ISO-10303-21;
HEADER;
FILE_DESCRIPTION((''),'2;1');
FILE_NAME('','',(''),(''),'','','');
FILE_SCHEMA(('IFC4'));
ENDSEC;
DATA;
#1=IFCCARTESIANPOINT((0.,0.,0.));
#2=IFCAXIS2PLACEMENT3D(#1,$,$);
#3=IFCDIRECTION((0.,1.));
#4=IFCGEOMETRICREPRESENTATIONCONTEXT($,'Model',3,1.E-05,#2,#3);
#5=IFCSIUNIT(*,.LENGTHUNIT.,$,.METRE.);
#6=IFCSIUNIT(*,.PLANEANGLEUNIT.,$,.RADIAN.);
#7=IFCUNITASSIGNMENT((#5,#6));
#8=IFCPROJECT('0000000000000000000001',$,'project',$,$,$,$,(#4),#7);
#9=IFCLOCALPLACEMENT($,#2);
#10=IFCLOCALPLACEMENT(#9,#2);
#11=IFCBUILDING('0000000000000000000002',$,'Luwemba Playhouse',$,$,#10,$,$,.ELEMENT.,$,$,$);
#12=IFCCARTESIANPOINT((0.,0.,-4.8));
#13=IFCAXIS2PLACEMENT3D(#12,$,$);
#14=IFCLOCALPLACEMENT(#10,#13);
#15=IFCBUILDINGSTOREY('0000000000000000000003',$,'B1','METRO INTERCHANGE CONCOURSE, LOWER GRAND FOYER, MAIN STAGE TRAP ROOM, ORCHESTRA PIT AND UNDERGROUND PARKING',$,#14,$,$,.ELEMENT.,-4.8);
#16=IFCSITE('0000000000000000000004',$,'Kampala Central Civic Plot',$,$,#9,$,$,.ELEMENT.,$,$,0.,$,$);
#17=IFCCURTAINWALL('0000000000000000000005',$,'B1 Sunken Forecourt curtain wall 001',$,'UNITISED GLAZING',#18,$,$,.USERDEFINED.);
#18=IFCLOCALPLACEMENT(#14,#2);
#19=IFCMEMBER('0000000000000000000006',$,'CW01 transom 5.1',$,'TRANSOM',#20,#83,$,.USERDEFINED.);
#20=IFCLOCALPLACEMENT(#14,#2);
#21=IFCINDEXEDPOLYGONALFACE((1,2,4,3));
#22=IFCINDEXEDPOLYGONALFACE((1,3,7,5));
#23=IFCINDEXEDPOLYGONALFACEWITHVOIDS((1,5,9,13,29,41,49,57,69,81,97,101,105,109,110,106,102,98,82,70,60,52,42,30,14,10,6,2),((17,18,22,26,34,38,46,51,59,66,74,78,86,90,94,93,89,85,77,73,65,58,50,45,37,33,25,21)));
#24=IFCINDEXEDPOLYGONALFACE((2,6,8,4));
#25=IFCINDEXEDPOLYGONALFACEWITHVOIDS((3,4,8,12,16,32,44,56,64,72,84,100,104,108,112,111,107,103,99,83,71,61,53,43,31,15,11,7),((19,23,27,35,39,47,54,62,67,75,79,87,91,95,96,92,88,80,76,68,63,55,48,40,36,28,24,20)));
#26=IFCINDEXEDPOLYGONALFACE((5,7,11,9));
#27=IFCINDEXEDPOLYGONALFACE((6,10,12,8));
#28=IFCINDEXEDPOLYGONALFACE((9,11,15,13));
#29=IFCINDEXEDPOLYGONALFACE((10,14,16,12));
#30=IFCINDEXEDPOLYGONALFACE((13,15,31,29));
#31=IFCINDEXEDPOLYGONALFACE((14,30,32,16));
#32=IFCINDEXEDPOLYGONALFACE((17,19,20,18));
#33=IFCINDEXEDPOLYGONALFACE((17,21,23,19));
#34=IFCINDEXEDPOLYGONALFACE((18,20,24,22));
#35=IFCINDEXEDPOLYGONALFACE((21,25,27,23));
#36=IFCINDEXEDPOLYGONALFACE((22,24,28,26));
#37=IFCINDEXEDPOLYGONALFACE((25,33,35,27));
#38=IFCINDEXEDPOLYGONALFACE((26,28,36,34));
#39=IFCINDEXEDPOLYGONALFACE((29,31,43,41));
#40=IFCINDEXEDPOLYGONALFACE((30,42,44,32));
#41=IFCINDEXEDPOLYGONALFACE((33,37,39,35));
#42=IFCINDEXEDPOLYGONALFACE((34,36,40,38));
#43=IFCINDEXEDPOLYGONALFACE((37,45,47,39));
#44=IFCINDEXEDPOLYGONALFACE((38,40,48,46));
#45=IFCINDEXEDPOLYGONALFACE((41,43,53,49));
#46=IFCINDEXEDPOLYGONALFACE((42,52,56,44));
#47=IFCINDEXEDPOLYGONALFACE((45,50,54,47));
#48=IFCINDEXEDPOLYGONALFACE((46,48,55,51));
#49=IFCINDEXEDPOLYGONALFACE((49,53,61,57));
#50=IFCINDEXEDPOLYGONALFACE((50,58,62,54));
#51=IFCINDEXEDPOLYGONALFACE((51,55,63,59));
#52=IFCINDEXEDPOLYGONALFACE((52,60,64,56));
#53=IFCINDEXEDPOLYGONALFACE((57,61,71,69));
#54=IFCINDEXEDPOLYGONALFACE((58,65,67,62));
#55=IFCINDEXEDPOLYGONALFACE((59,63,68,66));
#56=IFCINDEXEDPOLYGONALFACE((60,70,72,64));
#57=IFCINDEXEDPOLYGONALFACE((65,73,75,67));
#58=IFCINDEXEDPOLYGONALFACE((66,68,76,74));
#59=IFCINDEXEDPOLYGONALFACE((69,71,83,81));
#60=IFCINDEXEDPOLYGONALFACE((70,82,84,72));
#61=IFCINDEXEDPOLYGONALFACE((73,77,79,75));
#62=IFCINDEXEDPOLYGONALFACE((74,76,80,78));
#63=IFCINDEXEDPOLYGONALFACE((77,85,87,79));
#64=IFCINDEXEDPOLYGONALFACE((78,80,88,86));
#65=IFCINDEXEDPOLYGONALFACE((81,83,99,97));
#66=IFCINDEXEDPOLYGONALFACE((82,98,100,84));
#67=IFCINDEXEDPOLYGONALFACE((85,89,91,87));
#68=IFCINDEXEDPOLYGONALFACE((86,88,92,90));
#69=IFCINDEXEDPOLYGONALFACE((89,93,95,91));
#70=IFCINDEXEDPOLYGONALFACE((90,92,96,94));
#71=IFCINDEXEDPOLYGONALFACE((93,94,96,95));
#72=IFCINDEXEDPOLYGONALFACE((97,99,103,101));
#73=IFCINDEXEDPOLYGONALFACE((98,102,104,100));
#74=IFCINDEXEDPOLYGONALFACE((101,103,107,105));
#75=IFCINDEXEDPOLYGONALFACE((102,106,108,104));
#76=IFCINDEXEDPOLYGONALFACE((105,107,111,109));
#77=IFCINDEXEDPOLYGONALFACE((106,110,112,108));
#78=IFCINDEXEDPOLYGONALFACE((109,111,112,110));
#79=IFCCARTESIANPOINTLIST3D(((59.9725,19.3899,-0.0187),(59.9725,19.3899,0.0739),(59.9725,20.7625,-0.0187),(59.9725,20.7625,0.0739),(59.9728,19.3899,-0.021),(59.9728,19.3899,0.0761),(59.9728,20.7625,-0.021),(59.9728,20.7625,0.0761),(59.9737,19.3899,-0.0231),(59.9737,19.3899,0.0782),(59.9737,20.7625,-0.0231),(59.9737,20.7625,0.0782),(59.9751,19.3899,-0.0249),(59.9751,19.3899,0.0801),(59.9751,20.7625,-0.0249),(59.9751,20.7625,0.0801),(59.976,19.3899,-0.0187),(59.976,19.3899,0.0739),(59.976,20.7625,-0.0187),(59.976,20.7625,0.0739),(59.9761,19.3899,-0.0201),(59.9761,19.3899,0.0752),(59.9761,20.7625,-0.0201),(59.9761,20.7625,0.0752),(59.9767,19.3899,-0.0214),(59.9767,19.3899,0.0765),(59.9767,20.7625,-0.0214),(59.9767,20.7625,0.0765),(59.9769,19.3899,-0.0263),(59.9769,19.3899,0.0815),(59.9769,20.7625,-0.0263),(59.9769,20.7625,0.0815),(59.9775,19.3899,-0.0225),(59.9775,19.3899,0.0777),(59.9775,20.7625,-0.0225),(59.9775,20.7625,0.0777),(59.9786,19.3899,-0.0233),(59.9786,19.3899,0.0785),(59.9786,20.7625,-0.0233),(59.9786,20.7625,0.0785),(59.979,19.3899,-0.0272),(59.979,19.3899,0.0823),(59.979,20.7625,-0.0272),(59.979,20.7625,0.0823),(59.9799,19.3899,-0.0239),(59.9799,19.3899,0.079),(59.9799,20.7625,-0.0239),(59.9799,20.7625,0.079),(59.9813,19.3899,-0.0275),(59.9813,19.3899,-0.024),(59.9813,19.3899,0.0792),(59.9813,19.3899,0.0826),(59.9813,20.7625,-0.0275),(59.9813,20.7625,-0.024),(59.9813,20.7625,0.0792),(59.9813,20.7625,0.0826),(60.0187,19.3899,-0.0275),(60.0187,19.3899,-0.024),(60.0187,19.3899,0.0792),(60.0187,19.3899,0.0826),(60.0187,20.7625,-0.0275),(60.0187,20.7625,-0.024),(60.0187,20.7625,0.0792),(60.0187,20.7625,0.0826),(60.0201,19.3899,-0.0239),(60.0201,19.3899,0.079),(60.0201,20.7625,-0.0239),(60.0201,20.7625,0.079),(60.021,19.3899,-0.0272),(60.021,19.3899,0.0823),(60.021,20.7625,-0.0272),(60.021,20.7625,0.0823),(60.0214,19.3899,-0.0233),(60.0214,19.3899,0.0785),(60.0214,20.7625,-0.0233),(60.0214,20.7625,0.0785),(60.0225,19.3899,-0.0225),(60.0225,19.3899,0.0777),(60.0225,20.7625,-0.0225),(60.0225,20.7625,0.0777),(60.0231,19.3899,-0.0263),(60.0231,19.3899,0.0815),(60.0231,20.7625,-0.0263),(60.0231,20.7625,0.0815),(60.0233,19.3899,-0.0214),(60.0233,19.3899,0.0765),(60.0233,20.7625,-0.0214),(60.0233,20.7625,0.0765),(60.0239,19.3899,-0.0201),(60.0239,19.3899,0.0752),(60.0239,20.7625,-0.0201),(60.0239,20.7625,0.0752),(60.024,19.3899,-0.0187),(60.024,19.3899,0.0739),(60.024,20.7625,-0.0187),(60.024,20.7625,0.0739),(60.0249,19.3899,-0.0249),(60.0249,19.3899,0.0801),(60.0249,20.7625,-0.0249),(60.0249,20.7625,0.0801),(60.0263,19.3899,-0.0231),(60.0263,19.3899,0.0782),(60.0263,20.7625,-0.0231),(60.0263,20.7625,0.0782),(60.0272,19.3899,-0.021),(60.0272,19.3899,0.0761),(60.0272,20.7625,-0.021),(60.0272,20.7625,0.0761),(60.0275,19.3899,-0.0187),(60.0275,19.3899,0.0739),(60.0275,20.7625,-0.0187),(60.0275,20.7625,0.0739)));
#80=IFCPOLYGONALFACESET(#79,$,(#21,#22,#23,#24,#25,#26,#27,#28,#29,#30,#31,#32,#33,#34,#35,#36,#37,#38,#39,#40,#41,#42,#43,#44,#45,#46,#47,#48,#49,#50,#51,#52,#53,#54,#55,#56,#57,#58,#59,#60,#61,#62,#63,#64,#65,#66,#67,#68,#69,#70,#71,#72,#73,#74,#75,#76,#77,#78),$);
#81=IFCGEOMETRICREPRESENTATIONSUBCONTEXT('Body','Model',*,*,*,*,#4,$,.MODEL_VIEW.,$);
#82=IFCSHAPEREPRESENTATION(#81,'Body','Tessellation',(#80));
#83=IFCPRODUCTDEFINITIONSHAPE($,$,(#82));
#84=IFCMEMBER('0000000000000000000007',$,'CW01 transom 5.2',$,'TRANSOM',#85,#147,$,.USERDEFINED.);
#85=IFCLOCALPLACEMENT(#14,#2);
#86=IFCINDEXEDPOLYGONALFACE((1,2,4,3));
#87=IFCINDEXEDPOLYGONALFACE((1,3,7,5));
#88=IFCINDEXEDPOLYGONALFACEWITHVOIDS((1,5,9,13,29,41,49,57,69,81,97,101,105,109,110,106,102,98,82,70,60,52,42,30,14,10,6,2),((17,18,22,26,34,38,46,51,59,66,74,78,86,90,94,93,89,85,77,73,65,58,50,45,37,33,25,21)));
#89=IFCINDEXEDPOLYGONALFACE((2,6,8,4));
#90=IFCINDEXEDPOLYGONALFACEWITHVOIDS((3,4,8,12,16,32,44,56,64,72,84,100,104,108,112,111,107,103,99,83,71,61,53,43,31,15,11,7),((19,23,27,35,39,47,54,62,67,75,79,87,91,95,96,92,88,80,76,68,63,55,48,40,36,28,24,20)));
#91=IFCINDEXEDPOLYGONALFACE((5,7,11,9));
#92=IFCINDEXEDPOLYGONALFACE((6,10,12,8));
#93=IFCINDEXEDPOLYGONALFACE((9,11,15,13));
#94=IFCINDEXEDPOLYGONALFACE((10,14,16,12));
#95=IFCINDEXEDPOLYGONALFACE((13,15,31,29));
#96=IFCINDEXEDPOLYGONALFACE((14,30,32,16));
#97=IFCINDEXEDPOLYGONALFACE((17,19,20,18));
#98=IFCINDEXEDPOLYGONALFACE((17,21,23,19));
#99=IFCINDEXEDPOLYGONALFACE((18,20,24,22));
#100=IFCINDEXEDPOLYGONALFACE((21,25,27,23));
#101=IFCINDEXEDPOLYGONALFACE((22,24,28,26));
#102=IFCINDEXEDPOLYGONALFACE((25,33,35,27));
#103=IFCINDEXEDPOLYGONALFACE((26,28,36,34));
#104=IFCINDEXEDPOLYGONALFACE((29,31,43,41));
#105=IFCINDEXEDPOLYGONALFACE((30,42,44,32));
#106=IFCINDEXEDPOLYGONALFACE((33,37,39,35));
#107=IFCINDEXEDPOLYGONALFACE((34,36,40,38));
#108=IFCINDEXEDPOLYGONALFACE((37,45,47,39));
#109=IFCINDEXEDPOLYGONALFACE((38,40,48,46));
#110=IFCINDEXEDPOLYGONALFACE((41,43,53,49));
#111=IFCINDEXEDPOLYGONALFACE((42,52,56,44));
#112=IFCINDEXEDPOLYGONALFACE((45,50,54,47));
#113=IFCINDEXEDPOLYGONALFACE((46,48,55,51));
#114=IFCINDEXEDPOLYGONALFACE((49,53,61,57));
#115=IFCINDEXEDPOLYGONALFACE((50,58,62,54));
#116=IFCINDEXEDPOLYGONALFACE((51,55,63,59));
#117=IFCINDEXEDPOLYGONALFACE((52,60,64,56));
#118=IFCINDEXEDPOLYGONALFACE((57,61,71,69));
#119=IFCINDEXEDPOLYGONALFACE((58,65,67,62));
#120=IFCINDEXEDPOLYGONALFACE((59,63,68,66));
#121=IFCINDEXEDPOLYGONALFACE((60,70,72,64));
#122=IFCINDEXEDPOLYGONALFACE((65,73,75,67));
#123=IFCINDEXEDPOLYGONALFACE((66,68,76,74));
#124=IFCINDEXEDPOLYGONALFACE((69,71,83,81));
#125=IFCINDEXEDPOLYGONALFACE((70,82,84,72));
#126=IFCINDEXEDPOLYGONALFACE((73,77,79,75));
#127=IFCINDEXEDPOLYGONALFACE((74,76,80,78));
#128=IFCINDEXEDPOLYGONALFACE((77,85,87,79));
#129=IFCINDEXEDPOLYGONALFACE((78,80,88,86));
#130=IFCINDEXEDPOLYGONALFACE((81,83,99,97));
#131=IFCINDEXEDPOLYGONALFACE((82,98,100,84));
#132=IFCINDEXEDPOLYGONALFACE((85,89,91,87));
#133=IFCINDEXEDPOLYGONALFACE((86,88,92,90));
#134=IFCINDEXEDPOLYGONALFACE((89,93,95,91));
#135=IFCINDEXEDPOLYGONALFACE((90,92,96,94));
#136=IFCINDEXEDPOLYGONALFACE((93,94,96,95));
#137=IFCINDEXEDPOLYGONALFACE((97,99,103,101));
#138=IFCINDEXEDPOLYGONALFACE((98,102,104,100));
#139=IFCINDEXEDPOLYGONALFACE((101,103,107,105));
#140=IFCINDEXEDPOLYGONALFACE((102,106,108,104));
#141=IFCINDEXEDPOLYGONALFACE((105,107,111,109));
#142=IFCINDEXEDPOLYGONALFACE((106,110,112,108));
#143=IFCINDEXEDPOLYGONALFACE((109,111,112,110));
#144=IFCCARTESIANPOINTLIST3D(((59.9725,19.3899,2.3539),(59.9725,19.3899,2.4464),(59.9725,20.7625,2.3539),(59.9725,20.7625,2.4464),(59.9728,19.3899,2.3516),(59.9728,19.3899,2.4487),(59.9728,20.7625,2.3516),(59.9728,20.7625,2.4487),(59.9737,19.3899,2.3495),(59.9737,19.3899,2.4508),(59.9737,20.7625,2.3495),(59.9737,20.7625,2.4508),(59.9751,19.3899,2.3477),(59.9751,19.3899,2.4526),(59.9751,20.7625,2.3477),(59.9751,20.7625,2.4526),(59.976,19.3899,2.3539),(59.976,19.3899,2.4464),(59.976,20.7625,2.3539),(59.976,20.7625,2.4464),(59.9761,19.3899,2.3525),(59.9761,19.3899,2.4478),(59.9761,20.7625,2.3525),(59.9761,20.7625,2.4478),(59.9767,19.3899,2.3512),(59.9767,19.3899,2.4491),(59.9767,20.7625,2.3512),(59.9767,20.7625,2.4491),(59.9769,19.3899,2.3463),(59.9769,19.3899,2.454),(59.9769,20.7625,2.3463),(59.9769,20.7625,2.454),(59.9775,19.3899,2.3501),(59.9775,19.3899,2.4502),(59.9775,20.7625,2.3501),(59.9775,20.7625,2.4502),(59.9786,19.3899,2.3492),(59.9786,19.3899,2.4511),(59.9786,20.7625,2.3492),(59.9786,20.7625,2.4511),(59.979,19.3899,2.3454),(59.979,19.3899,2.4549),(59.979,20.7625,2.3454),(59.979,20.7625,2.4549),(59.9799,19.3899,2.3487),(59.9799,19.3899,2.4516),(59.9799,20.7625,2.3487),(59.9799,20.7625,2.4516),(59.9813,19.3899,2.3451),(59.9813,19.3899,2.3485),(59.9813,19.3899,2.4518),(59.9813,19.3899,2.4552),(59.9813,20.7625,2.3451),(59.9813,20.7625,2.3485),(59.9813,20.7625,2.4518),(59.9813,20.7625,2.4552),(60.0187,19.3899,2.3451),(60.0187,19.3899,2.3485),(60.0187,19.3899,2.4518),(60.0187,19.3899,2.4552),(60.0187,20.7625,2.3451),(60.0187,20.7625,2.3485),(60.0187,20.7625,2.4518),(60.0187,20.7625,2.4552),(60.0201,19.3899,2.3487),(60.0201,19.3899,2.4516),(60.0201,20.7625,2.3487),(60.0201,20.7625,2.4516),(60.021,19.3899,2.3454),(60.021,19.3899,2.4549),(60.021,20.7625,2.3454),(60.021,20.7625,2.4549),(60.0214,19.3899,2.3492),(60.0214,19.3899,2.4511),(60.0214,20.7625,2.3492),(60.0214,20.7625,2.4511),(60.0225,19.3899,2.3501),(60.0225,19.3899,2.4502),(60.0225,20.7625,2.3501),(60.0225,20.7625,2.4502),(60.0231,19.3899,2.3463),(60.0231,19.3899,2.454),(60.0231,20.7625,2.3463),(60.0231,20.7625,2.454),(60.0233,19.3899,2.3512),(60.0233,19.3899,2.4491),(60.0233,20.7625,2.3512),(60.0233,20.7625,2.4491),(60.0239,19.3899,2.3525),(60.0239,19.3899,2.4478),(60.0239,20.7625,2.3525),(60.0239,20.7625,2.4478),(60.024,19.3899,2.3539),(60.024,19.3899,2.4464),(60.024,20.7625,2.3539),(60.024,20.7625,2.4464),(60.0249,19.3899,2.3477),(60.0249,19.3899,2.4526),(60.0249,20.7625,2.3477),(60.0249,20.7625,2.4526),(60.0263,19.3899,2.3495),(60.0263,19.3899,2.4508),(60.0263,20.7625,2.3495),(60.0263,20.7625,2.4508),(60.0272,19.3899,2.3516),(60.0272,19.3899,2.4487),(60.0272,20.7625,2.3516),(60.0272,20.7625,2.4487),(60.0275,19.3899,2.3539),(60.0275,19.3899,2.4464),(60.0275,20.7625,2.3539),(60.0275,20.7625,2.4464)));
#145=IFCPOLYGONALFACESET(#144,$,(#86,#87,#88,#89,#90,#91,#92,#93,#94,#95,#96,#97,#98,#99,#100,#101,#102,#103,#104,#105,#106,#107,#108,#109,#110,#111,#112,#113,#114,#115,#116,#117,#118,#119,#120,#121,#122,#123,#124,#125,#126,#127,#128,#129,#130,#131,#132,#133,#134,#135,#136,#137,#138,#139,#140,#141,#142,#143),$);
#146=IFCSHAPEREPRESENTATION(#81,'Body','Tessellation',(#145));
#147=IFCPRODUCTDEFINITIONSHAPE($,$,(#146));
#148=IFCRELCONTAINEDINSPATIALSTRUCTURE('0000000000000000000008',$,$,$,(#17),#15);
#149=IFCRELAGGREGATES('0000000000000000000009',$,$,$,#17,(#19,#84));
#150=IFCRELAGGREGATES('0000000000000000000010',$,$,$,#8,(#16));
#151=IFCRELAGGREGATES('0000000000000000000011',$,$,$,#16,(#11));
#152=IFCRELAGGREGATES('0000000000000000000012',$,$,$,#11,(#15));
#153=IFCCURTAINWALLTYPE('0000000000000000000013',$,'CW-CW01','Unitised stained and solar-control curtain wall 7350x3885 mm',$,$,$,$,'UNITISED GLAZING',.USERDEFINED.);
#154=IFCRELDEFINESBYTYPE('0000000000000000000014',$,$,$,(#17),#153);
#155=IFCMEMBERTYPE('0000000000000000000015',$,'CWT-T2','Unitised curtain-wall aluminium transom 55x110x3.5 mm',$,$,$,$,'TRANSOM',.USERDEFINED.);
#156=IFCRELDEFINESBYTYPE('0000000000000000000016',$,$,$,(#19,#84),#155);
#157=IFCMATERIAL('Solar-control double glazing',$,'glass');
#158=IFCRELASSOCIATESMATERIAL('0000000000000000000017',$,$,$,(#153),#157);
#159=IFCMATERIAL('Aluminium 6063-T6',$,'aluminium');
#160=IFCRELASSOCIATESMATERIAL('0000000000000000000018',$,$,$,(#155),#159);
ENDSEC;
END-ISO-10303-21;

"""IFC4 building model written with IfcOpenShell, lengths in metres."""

from ifc_helpers import new_model, si_unit, direction, frame, origin, origin_2d, place, context, subcontext, project, spatial, hollow_rectangle, extrude, material, material_profile, profile_set, type_object, element, aggregate, save


model = new_model("IFC4")

# Units and contexts
model_context = context("Model", 3, precision=1e-05, world=origin(), true_north=direction((0.0, 1.0)))
body_context = subcontext(model_context, "Body", "Model", "MODEL_VIEW")
ifc_project = project(units=[si_unit("LENGTHUNIT", "METRE"), si_unit("PLANEANGLEUNIT", "RADIAN")], contexts=[model_context])

# Site, building, storey
site_placement = place(None, origin())
site = spatial("IfcSite", under=ifc_project, at=site_placement, Name="Kampala Central Civic Plot", CompositionType="ELEMENT", RefElevation=0.0)
building_placement = place(site_placement, origin())
building = spatial("IfcBuilding", under=site, at=building_placement, Name="Luwemba Playhouse", CompositionType="ELEMENT")
storey_placement = place(building_placement, frame((0.0, 0.0, -4.8)))
storey = spatial("IfcBuildingStorey", under=building, at=storey_placement, Name="B1", Description="METRO INTERCHANGE CONCOURSE, LOWER GRAND FOYER, MAIN STAGE TRAP ROOM, ORCHESTRA PIT AND UNDERGROUND PARKING", CompositionType="ELEMENT", Elevation=-4.8)

# Shared definitions
ifc_material_1 = material(Name="Solar-control double glazing", Category="glass")
ifc_material_2 = material(Name="Aluminium 6063-T6", Category="aluminium")

# Curtain wall, members
curtain_wall_type_1 = type_object("IfcCurtainWallType", Name="CW-CW01", Description="Unitised stained and solar-control curtain wall 7350x3885 mm", ElementType="UNITISED GLAZING", PredefinedType="USERDEFINED", material=ifc_material_1)
curtain_wall_1_placement = place(storey_placement, origin())
curtain_wall_1 = element("IfcCurtainWall", 1, at=curtain_wall_1_placement, inside=storey, type_object=curtain_wall_type_1, Name="B1 Sunken Forecourt curtain wall 001", ObjectType="UNITISED GLAZING", PredefinedType="USERDEFINED")
ifc_material_profile_1 = material_profile(ifc_material_2, hollow_rectangle(XDim=0.0549, YDim=0.1101, WallThickness=0.0034, InnerFilletRadius=0.0054, OuterFilletRadius=0.0088, at=origin_2d()))
ifc_profile_set_1 = profile_set([ifc_material_profile_1], Name="Aluminium 6063-T6")
member_type_1 = type_object("IfcMemberType", Name="CWT-T2", Description="Unitised curtain-wall aluminium transom 55x110x3.5 mm", ElementType="TRANSOM", PredefinedType="USERDEFINED", material=ifc_profile_set_1)
member_1_placement = place(storey_placement, frame((60.0, 20.7625, 0.0276), z_axis=(0.0, -1.0, 0.0), x_axis=(1.0, 0.0, 0.0)))
member_1 = element("IfcMember", 2, at=member_1_placement, type_object=member_type_1, Name="CW01 transom 5.1", ObjectType="TRANSOM", PredefinedType="USERDEFINED", context=body_context, shape_type="SweptSolid", body=[
    extrude(hollow_rectangle(XDim=0.0549, YDim=0.1101, WallThickness=0.0034, InnerFilletRadius=0.0054, OuterFilletRadius=0.0088, at=origin_2d()), origin(), (0.0, 0.0, 1.0), 1.3726),
])
member_2_placement = place(storey_placement, frame((60.0, 20.7625, 2.4001), z_axis=(0.0, -1.0, 0.0), x_axis=(1.0, 0.0, 0.0)))
member_2 = element("IfcMember", 3, at=member_2_placement, type_object=member_type_1, Name="CW01 transom 5.2", ObjectType="TRANSOM", PredefinedType="USERDEFINED", context=body_context, shape_type="SweptSolid", body=[
    extrude(hollow_rectangle(XDim=0.0549, YDim=0.1101, WallThickness=0.0034, InnerFilletRadius=0.0054, OuterFilletRadius=0.0088, at=origin_2d()), origin(), (0.0, 0.0, 1.0), 1.3726),
])

aggregate(curtain_wall_1, [member_1, member_2])

save(model, "model.ifc")
